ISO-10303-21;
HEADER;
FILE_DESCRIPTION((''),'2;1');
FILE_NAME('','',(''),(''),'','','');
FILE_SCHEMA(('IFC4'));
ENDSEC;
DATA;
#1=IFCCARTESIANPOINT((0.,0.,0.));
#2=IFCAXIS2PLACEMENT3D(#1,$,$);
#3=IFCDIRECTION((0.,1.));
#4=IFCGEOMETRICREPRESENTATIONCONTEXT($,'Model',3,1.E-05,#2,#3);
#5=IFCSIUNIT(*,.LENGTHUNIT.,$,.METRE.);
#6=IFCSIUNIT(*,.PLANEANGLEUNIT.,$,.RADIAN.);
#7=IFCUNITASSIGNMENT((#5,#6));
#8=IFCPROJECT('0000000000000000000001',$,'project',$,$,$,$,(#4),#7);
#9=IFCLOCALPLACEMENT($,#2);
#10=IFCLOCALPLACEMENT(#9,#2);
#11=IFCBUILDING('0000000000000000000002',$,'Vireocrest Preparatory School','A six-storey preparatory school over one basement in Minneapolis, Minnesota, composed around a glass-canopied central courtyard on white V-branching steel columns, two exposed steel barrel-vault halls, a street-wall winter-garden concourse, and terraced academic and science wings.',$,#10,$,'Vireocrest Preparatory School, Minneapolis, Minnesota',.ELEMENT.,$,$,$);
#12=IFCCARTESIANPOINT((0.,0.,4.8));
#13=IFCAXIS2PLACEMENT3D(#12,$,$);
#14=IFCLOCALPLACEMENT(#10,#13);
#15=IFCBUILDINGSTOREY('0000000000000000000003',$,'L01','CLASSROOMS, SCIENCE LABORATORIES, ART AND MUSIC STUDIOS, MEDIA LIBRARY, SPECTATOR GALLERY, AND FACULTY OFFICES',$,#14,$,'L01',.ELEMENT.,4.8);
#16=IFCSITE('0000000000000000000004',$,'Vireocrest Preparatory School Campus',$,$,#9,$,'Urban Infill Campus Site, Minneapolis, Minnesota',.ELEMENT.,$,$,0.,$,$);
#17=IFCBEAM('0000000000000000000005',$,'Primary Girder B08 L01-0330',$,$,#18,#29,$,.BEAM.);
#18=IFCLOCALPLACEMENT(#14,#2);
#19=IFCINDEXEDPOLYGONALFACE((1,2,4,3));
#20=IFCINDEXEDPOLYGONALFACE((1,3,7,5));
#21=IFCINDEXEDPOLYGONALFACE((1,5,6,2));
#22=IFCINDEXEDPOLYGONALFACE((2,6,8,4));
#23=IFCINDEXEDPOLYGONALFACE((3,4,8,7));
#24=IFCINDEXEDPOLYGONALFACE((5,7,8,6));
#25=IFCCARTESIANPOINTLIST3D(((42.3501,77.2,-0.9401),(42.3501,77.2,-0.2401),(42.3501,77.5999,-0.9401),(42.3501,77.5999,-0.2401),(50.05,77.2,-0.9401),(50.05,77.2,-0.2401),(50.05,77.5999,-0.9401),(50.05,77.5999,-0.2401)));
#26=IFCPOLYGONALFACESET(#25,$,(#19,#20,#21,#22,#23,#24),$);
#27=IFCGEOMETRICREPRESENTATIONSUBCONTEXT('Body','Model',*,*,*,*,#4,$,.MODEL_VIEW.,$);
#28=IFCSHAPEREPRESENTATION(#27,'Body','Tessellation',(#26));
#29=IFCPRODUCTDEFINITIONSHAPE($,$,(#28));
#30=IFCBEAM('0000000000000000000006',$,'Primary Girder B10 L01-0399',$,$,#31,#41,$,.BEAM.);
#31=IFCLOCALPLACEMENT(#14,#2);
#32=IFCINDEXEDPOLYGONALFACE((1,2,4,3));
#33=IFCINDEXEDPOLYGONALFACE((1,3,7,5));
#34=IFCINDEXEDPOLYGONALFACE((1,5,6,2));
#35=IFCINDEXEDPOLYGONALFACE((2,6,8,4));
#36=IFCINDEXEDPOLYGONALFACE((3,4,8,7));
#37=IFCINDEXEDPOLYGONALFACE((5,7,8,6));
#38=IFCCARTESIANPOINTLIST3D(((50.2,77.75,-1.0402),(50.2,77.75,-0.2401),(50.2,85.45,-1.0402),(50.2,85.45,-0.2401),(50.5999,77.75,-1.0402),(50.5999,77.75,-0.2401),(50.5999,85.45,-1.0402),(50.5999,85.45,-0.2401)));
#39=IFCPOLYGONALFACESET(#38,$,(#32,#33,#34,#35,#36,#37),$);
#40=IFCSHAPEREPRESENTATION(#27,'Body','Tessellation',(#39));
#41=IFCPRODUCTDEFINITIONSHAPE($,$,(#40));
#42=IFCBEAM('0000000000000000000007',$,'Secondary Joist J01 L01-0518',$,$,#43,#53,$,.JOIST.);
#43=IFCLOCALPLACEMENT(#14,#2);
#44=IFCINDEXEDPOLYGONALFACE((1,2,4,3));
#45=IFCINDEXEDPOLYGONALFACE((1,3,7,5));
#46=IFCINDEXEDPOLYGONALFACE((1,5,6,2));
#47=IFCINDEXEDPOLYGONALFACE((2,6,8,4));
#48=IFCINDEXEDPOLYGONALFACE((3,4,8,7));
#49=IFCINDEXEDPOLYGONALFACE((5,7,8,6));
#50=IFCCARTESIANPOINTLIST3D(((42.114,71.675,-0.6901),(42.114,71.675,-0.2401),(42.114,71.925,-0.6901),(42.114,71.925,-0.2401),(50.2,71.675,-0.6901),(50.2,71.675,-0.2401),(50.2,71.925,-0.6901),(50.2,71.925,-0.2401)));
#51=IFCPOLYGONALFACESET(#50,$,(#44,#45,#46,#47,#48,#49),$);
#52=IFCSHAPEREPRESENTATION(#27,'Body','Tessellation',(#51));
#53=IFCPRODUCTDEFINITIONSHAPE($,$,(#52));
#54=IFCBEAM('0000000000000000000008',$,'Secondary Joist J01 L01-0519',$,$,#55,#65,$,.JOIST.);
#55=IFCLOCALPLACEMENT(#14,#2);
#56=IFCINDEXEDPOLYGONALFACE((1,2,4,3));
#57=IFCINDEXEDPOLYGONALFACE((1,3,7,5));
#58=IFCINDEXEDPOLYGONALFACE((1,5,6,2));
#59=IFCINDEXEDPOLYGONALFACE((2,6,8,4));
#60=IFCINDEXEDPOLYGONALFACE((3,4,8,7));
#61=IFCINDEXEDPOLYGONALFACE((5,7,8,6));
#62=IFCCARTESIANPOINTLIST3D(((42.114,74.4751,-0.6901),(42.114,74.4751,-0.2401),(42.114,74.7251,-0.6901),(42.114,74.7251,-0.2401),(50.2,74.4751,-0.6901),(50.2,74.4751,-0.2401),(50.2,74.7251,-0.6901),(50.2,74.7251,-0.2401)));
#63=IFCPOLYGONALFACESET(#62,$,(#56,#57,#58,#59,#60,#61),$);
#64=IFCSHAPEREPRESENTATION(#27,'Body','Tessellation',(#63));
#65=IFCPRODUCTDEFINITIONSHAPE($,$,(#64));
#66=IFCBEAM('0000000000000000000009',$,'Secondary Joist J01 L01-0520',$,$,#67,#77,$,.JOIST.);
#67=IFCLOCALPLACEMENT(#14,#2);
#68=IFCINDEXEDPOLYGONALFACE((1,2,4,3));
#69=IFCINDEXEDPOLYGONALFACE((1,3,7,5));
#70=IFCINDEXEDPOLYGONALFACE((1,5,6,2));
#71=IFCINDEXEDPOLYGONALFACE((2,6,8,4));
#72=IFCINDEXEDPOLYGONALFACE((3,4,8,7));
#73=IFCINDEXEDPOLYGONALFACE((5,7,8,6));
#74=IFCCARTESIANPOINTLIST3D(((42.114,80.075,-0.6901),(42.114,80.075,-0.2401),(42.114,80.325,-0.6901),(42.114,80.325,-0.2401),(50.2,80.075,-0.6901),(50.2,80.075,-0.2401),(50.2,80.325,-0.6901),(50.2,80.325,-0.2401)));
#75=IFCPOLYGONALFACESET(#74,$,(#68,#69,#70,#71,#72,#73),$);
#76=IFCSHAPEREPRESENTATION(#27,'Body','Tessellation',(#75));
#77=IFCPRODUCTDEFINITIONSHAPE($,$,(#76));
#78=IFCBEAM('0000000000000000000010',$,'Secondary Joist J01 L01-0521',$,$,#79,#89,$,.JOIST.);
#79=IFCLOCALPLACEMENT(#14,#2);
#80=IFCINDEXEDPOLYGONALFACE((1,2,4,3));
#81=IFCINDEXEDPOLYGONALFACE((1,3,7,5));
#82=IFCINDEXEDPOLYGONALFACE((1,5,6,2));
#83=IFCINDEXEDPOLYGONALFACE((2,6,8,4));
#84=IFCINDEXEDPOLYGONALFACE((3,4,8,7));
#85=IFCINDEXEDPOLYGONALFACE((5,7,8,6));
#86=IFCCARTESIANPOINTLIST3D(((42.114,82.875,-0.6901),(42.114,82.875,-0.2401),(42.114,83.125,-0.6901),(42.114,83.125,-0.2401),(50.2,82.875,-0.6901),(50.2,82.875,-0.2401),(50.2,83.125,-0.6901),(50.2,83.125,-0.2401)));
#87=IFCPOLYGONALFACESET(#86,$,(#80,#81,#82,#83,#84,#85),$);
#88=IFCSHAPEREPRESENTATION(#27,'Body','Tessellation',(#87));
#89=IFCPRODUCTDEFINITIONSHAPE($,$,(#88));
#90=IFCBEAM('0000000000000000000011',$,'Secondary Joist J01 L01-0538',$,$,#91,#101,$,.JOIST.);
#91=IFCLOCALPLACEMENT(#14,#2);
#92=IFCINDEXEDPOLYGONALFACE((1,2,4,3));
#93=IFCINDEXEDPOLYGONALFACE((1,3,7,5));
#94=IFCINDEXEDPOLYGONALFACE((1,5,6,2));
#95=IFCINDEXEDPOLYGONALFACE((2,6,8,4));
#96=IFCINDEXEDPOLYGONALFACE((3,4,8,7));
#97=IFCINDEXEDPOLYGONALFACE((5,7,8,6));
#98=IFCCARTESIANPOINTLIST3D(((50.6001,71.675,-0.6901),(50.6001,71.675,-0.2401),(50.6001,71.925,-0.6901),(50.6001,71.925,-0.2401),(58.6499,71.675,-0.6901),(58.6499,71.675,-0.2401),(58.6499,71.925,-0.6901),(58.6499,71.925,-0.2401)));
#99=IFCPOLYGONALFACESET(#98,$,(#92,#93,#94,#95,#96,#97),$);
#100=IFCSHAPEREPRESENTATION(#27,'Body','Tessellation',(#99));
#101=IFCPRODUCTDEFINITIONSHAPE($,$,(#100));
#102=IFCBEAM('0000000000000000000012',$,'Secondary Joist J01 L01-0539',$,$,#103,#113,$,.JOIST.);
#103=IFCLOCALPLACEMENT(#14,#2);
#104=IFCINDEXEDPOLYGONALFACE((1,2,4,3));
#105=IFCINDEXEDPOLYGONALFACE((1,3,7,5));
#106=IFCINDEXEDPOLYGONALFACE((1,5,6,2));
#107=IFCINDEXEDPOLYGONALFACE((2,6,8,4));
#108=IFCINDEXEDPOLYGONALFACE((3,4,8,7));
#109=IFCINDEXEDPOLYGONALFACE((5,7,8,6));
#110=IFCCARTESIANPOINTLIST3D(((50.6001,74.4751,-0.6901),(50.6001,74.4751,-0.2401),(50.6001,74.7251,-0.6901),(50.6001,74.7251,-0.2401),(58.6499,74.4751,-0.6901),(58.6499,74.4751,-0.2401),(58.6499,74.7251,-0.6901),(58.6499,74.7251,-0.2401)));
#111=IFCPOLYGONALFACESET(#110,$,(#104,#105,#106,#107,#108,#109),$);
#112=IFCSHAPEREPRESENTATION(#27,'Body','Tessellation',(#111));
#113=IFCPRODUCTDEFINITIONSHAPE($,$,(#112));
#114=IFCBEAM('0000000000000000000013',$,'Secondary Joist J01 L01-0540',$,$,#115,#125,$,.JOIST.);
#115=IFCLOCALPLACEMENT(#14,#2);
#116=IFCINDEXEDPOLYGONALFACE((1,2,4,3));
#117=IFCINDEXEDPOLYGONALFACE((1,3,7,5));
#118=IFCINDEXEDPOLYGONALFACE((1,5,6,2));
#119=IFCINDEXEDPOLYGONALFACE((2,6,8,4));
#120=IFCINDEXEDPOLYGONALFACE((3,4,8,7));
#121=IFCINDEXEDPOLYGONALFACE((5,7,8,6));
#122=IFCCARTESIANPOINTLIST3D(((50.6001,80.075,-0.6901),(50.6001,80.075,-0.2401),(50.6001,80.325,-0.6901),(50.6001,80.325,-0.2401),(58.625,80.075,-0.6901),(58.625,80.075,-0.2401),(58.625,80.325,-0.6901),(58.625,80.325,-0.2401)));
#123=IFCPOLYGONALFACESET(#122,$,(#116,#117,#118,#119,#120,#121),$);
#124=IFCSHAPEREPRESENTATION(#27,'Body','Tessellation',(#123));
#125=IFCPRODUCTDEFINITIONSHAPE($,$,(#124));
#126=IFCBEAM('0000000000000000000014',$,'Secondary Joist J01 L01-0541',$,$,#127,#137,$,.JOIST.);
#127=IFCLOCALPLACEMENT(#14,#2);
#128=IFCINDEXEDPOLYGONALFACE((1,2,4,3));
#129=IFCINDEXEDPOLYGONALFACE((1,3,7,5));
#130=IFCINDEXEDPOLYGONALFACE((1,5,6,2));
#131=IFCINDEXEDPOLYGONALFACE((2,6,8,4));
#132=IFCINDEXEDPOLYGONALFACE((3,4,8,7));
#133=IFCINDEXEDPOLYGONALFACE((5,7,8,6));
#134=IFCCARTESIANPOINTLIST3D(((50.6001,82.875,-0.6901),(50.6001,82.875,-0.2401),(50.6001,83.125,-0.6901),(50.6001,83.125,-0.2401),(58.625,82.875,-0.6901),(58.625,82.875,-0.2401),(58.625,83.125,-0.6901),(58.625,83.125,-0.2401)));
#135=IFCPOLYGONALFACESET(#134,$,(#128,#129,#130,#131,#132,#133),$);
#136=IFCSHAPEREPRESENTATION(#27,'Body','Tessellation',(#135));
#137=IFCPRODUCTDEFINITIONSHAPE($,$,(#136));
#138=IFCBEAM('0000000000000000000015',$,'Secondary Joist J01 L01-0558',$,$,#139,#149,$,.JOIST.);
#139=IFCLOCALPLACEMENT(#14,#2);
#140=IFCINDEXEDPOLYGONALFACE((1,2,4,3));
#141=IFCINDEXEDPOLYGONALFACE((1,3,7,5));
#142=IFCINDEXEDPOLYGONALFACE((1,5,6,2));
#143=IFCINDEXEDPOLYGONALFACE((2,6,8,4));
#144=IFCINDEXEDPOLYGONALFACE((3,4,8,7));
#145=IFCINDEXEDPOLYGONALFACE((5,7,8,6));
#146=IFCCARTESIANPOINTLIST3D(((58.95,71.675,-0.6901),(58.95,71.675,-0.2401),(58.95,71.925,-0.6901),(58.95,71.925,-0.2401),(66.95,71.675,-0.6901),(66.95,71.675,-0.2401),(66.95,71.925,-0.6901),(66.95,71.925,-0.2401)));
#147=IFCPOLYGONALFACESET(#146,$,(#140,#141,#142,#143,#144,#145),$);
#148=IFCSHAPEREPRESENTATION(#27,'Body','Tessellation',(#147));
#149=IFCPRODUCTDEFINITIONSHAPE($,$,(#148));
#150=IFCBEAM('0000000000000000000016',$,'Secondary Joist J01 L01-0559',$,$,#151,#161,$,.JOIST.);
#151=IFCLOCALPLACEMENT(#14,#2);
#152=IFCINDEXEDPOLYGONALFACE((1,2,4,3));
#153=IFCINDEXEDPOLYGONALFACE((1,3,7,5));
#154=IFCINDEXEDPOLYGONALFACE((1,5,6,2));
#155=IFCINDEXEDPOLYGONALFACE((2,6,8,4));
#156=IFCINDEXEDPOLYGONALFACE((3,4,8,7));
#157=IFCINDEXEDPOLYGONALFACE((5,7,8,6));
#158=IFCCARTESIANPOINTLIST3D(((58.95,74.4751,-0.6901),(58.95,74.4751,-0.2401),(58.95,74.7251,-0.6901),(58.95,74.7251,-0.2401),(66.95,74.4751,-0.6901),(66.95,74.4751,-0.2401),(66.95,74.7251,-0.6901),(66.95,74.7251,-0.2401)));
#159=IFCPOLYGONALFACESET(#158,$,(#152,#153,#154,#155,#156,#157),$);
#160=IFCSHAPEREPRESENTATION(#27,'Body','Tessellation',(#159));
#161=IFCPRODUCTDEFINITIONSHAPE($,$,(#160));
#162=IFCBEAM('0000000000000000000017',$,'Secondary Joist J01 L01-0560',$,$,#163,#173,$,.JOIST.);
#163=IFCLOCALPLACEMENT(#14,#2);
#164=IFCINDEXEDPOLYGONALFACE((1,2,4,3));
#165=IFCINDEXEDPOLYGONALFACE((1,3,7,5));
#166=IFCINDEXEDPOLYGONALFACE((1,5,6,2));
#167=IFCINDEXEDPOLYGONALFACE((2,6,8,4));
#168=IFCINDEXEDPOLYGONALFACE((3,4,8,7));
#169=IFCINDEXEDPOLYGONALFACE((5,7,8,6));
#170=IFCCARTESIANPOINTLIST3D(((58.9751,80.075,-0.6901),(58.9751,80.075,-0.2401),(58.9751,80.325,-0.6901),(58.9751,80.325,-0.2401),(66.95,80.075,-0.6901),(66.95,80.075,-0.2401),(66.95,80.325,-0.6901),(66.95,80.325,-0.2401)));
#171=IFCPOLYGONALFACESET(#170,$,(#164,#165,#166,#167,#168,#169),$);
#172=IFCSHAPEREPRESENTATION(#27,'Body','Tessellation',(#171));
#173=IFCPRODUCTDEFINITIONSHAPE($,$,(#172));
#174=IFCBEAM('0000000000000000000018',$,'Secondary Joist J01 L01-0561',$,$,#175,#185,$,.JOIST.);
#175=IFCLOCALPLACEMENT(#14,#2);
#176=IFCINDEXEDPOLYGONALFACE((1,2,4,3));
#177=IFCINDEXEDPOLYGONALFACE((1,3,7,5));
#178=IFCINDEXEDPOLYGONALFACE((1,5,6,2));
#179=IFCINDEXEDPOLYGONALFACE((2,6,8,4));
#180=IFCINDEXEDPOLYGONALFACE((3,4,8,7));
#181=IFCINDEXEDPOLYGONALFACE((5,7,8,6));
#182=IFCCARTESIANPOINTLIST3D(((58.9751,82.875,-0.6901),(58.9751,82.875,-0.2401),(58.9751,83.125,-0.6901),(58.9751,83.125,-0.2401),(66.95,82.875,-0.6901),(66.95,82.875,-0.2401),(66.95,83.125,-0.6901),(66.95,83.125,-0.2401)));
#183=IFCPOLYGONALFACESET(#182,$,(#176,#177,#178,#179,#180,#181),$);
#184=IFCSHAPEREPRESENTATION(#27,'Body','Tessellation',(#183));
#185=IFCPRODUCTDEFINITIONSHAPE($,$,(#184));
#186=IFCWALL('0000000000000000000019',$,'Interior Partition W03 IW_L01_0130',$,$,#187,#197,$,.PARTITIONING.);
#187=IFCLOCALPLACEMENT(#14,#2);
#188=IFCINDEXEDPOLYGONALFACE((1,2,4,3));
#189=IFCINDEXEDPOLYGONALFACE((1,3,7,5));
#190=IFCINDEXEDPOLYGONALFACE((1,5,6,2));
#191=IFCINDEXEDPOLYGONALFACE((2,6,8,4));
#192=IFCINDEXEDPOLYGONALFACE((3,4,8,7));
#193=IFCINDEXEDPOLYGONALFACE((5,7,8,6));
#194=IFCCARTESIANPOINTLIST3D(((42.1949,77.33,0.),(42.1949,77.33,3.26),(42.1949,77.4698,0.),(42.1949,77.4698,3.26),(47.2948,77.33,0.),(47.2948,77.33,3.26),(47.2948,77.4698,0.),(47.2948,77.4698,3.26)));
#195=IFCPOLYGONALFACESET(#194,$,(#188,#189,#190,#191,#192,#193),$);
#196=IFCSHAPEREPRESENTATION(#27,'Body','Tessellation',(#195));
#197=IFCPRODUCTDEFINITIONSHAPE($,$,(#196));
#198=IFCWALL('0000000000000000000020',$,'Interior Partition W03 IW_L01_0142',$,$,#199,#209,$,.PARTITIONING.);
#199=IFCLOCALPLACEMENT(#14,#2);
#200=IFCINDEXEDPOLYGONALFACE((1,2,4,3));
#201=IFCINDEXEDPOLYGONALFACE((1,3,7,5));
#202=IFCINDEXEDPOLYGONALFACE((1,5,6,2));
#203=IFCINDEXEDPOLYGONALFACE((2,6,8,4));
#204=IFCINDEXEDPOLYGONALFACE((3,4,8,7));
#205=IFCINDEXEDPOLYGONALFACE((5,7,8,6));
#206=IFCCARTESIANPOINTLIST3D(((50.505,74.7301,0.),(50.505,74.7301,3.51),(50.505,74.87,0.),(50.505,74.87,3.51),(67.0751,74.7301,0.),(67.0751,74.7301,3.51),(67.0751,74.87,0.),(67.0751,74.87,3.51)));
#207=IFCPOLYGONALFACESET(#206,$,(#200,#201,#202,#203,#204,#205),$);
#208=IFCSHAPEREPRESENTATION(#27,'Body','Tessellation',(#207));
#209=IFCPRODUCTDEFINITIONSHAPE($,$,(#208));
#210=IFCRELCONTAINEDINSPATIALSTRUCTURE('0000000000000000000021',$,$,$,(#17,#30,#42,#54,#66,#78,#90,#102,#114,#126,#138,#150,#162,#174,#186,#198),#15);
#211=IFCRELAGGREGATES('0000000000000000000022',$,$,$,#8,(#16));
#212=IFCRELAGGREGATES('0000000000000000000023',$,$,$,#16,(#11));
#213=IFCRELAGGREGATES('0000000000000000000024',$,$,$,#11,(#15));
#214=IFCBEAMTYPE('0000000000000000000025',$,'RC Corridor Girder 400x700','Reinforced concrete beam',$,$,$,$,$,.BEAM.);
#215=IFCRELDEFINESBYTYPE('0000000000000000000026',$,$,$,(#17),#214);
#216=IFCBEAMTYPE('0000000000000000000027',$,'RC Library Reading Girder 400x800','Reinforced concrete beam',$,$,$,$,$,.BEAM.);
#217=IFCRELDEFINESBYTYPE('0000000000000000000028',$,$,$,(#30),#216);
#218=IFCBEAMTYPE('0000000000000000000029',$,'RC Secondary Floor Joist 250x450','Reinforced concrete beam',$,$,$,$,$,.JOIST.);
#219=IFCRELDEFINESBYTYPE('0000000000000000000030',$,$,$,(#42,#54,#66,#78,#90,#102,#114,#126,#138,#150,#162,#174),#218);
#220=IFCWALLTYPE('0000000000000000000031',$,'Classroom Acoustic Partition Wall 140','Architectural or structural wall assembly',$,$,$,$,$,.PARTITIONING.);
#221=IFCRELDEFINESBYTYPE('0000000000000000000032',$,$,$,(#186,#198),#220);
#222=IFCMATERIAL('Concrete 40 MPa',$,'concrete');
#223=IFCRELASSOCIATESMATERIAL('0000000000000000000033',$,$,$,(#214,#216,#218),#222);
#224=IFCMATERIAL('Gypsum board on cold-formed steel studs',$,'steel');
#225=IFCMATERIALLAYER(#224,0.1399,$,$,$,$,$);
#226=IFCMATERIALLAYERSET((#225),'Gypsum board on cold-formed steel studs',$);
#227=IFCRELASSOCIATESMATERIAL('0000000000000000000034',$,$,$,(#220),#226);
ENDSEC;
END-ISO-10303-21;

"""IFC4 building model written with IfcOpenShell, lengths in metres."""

from ifc_helpers import new_model, si_unit, direction, frame, frame_2d, origin, origin_2d, place, context, subcontext, project, spatial, rectangle, extrude, material, layer, layer_set, material_profile, profile_set, type_object, element, save


model = new_model("IFC4")

# Units and contexts
model_context = context("Model", 3, precision=1e-05, world=origin(), true_north=direction((0.0, 1.0)))
body_context = subcontext(model_context, "Body", "Model", "MODEL_VIEW")
ifc_project = project(units=[si_unit("LENGTHUNIT", "METRE"), si_unit("PLANEANGLEUNIT", "RADIAN")], contexts=[model_context])

# Site, building, storey
site_placement = place(None, origin())
site = spatial("IfcSite", under=ifc_project, at=site_placement, Name="Vireocrest Preparatory School Campus", LongName="Urban Infill Campus Site, Minneapolis, Minnesota", CompositionType="ELEMENT", RefElevation=0.0)
building_placement = place(site_placement, origin())
building = spatial("IfcBuilding", under=site, at=building_placement, Name="Vireocrest Preparatory School", Description="A six-storey preparatory school over one basement in Minneapolis, Minnesota, composed around a glass-canopied central courtyard on white V-branching steel columns, two exposed steel barrel-vault halls, a street-wall winter-garden concourse, and terraced academic and science wings.", LongName="Vireocrest Preparatory School, Minneapolis, Minnesota", CompositionType="ELEMENT")
storey_placement = place(building_placement, frame((0.0, 0.0, 4.8)))
storey = spatial("IfcBuildingStorey", under=building, at=storey_placement, Name="L01", Description="CLASSROOMS, SCIENCE LABORATORIES, ART AND MUSIC STUDIOS, MEDIA LIBRARY, SPECTATOR GALLERY, AND FACULTY OFFICES", LongName="L01", CompositionType="ELEMENT", Elevation=4.8)

# Beams
ifc_material_1 = material(Name="Concrete 40 MPa", Category="concrete")
ifc_material_profile_1 = material_profile(ifc_material_1, rectangle(XDim=0.3999, YDim=0.7, at=origin_2d()), Name="RC 400x700")
ifc_profile_set_1 = profile_set([ifc_material_profile_1], Name="Concrete 40 MPa")
beam_type_1 = type_object("IfcBeamType", Name="RC Corridor Girder 400x700", Description="Reinforced concrete beam", PredefinedType="BEAM", material=ifc_profile_set_1)
beam_1_placement = place(storey_placement, frame((42.3501, 77.3999, -0.5901), z_axis=(1.0, 0.0, 0.0), x_axis=(0.0, 1.0, 0.0)))
element("IfcBeam", 1, at=beam_1_placement, inside=storey, type_object=beam_type_1, Name="Primary Girder B08 L01-0330", PredefinedType="BEAM", context=body_context, shape_type="SweptSolid", body=[
    extrude(rectangle(XDim=0.3999, YDim=0.7, at=origin_2d()), origin(), (0.0, 0.0, 1.0), 7.7),
])
ifc_material_profile_2 = material_profile(ifc_material_1, rectangle(XDim=0.3999, YDim=0.8, at=origin_2d()), Name="RC 400x800")
ifc_profile_set_2 = profile_set([ifc_material_profile_2], Name="Concrete 40 MPa")
beam_type_2 = type_object("IfcBeamType", Name="RC Library Reading Girder 400x800", Description="Reinforced concrete beam", PredefinedType="BEAM", material=ifc_profile_set_2)
beam_2_placement = place(storey_placement, frame((50.3999, 77.75, -0.6401), z_axis=(0.0, 1.0, 0.0), x_axis=(-1.0, 0.0, 0.0)))
element("IfcBeam", 2, at=beam_2_placement, inside=storey, type_object=beam_type_2, Name="Primary Girder B10 L01-0399", PredefinedType="BEAM", context=body_context, shape_type="SweptSolid", body=[
    extrude(rectangle(XDim=0.3999, YDim=0.8, at=origin_2d()), origin(), (0.0, 0.0, 1.0), 7.7),
])
ifc_material_profile_3 = material_profile(ifc_material_1, rectangle(XDim=0.25, YDim=0.45, at=origin_2d()), Name="RC 250x450")
ifc_profile_set_3 = profile_set([ifc_material_profile_3], Name="Concrete 40 MPa")
beam_type_3 = type_object("IfcBeamType", Name="RC Secondary Floor Joist 250x450", Description="Reinforced concrete beam", PredefinedType="JOIST", material=ifc_profile_set_3)
for number, where, z_axis, x_axis, name in (
    (3, (42.114, 71.8, -0.4651), (1.0, 0.0, 0.0), (0.0, 1.0, 0.0), "Secondary Joist J01 L01-0518"),
    (4, (42.114, 74.6001, -0.4651), (1.0, 0.0, 0.0), (0.0, 1.0, 0.0), "Secondary Joist J01 L01-0519"),
    (5, (42.114, 80.2, -0.4651), (1.0, 0.0, 0.0), (0.0, 1.0, 0.0), "Secondary Joist J01 L01-0520"),
    (6, (42.114, 83.0, -0.4651), (1.0, 0.0, 0.0), (0.0, 1.0, 0.0), "Secondary Joist J01 L01-0521"),
):
    element("IfcBeam", number, at=place(storey_placement, frame(where, z_axis=z_axis, x_axis=x_axis)), inside=storey, type_object=beam_type_3, Name=name, PredefinedType="JOIST", context=body_context, shape_type="SweptSolid", body=[
        extrude(rectangle(XDim=0.25, YDim=0.45, at=origin_2d()), origin(), (0.0, 0.0, 1.0), 8.0859),
    ])
for number, where, z_axis, x_axis, name in (
    (7, (50.6001, 71.8, -0.4651), (1.0, 0.0, 0.0), (0.0, 1.0, 0.0), "Secondary Joist J01 L01-0538"),
    (8, (50.6001, 74.6001, -0.4651), (1.0, 0.0, 0.0), (0.0, 1.0, 0.0), "Secondary Joist J01 L01-0539"),
):
    element("IfcBeam", number, at=place(storey_placement, frame(where, z_axis=z_axis, x_axis=x_axis)), inside=storey, type_object=beam_type_3, Name=name, PredefinedType="JOIST", context=body_context, shape_type="SweptSolid", body=[
        extrude(rectangle(XDim=0.25, YDim=0.45, at=origin_2d()), origin(), (0.0, 0.0, 1.0), 8.0498),
    ])
for number, where, z_axis, x_axis, name in (
    (9, (50.6001, 80.2, -0.4651), (1.0, 0.0, 0.0), (0.0, 1.0, 0.0), "Secondary Joist J01 L01-0540"),
    (10, (50.6001, 83.0, -0.4651), (1.0, 0.0, 0.0), (0.0, 1.0, 0.0), "Secondary Joist J01 L01-0541"),
):
    element("IfcBeam", number, at=place(storey_placement, frame(where, z_axis=z_axis, x_axis=x_axis)), inside=storey, type_object=beam_type_3, Name=name, PredefinedType="JOIST", context=body_context, shape_type="SweptSolid", body=[
        extrude(rectangle(XDim=0.25, YDim=0.45, at=origin_2d()), origin(), (0.0, 0.0, 1.0), 8.0249),
    ])
for number, where, z_axis, x_axis, name in (
    (11, (58.95, 71.8, -0.4651), (1.0, 0.0, 0.0), (0.0, 1.0, 0.0), "Secondary Joist J01 L01-0558"),
    (12, (58.95, 74.6001, -0.4651), (1.0, 0.0, 0.0), (0.0, 1.0, 0.0), "Secondary Joist J01 L01-0559"),
):
    element("IfcBeam", number, at=place(storey_placement, frame(where, z_axis=z_axis, x_axis=x_axis)), inside=storey, type_object=beam_type_3, Name=name, PredefinedType="JOIST", context=body_context, shape_type="SweptSolid", body=[
        extrude(rectangle(XDim=0.25, YDim=0.45, at=origin_2d()), origin(), (0.0, 0.0, 1.0), 8.0),
    ])
for number, where, z_axis, x_axis, name in (
    (13, (58.9751, 80.2, -0.4651), (1.0, 0.0, 0.0), (0.0, 1.0, 0.0), "Secondary Joist J01 L01-0560"),
    (14, (58.9751, 83.0, -0.4651), (1.0, 0.0, 0.0), (0.0, 1.0, 0.0), "Secondary Joist J01 L01-0561"),
):
    element("IfcBeam", number, at=place(storey_placement, frame(where, z_axis=z_axis, x_axis=x_axis)), inside=storey, type_object=beam_type_3, Name=name, PredefinedType="JOIST", context=body_context, shape_type="SweptSolid", body=[
        extrude(rectangle(XDim=0.25, YDim=0.45, at=origin_2d()), origin(), (0.0, 0.0, 1.0), 7.9749),
    ])

# Walls
ifc_material_2 = material(Name="Gypsum board on cold-formed steel studs", Category="steel")
ifc_layer_1 = layer(ifc_material_2, 0.1399)
ifc_layer_set_1 = layer_set([ifc_layer_1], Name="Gypsum board on cold-formed steel studs")
wall_type_1 = type_object("IfcWallType", Name="Classroom Acoustic Partition Wall 140", Description="Architectural or structural wall assembly", PredefinedType="PARTITIONING", material=ifc_layer_set_1)
wall_1_placement = place(storey_placement, frame((42.1951, 77.3999, 0.0), z_axis=(0.0, 0.0, 1.0), x_axis=(1.0, 0.0, 0.0)))
element("IfcWall", 15, at=wall_1_placement, inside=storey, type_object=wall_type_1, Name="Interior Partition W03 IW_L01_0130", PredefinedType="PARTITIONING", context=body_context, shape_type="SweptSolid", body=[
    extrude(rectangle(XDim=5.0999, YDim=0.1399, at=frame_2d((2.5498, 0.0))), origin(), (0.0, 0.0, 1.0), 3.26),
])
wall_2_placement = place(storey_placement, frame((50.5049, 74.8, 0.0), z_axis=(0.0, 0.0, 1.0), x_axis=(1.0, 0.0, 0.0)))
element("IfcWall", 16, at=wall_2_placement, inside=storey, type_object=wall_type_1, Name="Interior Partition W03 IW_L01_0142", PredefinedType="PARTITIONING", context=body_context, shape_type="SweptSolid", body=[
    extrude(rectangle(XDim=16.5701, YDim=0.1399, at=frame_2d((8.2852, 0.0))), origin(), (0.0, 0.0, 1.0), 3.51),
])

save(model, "model.ifc")
